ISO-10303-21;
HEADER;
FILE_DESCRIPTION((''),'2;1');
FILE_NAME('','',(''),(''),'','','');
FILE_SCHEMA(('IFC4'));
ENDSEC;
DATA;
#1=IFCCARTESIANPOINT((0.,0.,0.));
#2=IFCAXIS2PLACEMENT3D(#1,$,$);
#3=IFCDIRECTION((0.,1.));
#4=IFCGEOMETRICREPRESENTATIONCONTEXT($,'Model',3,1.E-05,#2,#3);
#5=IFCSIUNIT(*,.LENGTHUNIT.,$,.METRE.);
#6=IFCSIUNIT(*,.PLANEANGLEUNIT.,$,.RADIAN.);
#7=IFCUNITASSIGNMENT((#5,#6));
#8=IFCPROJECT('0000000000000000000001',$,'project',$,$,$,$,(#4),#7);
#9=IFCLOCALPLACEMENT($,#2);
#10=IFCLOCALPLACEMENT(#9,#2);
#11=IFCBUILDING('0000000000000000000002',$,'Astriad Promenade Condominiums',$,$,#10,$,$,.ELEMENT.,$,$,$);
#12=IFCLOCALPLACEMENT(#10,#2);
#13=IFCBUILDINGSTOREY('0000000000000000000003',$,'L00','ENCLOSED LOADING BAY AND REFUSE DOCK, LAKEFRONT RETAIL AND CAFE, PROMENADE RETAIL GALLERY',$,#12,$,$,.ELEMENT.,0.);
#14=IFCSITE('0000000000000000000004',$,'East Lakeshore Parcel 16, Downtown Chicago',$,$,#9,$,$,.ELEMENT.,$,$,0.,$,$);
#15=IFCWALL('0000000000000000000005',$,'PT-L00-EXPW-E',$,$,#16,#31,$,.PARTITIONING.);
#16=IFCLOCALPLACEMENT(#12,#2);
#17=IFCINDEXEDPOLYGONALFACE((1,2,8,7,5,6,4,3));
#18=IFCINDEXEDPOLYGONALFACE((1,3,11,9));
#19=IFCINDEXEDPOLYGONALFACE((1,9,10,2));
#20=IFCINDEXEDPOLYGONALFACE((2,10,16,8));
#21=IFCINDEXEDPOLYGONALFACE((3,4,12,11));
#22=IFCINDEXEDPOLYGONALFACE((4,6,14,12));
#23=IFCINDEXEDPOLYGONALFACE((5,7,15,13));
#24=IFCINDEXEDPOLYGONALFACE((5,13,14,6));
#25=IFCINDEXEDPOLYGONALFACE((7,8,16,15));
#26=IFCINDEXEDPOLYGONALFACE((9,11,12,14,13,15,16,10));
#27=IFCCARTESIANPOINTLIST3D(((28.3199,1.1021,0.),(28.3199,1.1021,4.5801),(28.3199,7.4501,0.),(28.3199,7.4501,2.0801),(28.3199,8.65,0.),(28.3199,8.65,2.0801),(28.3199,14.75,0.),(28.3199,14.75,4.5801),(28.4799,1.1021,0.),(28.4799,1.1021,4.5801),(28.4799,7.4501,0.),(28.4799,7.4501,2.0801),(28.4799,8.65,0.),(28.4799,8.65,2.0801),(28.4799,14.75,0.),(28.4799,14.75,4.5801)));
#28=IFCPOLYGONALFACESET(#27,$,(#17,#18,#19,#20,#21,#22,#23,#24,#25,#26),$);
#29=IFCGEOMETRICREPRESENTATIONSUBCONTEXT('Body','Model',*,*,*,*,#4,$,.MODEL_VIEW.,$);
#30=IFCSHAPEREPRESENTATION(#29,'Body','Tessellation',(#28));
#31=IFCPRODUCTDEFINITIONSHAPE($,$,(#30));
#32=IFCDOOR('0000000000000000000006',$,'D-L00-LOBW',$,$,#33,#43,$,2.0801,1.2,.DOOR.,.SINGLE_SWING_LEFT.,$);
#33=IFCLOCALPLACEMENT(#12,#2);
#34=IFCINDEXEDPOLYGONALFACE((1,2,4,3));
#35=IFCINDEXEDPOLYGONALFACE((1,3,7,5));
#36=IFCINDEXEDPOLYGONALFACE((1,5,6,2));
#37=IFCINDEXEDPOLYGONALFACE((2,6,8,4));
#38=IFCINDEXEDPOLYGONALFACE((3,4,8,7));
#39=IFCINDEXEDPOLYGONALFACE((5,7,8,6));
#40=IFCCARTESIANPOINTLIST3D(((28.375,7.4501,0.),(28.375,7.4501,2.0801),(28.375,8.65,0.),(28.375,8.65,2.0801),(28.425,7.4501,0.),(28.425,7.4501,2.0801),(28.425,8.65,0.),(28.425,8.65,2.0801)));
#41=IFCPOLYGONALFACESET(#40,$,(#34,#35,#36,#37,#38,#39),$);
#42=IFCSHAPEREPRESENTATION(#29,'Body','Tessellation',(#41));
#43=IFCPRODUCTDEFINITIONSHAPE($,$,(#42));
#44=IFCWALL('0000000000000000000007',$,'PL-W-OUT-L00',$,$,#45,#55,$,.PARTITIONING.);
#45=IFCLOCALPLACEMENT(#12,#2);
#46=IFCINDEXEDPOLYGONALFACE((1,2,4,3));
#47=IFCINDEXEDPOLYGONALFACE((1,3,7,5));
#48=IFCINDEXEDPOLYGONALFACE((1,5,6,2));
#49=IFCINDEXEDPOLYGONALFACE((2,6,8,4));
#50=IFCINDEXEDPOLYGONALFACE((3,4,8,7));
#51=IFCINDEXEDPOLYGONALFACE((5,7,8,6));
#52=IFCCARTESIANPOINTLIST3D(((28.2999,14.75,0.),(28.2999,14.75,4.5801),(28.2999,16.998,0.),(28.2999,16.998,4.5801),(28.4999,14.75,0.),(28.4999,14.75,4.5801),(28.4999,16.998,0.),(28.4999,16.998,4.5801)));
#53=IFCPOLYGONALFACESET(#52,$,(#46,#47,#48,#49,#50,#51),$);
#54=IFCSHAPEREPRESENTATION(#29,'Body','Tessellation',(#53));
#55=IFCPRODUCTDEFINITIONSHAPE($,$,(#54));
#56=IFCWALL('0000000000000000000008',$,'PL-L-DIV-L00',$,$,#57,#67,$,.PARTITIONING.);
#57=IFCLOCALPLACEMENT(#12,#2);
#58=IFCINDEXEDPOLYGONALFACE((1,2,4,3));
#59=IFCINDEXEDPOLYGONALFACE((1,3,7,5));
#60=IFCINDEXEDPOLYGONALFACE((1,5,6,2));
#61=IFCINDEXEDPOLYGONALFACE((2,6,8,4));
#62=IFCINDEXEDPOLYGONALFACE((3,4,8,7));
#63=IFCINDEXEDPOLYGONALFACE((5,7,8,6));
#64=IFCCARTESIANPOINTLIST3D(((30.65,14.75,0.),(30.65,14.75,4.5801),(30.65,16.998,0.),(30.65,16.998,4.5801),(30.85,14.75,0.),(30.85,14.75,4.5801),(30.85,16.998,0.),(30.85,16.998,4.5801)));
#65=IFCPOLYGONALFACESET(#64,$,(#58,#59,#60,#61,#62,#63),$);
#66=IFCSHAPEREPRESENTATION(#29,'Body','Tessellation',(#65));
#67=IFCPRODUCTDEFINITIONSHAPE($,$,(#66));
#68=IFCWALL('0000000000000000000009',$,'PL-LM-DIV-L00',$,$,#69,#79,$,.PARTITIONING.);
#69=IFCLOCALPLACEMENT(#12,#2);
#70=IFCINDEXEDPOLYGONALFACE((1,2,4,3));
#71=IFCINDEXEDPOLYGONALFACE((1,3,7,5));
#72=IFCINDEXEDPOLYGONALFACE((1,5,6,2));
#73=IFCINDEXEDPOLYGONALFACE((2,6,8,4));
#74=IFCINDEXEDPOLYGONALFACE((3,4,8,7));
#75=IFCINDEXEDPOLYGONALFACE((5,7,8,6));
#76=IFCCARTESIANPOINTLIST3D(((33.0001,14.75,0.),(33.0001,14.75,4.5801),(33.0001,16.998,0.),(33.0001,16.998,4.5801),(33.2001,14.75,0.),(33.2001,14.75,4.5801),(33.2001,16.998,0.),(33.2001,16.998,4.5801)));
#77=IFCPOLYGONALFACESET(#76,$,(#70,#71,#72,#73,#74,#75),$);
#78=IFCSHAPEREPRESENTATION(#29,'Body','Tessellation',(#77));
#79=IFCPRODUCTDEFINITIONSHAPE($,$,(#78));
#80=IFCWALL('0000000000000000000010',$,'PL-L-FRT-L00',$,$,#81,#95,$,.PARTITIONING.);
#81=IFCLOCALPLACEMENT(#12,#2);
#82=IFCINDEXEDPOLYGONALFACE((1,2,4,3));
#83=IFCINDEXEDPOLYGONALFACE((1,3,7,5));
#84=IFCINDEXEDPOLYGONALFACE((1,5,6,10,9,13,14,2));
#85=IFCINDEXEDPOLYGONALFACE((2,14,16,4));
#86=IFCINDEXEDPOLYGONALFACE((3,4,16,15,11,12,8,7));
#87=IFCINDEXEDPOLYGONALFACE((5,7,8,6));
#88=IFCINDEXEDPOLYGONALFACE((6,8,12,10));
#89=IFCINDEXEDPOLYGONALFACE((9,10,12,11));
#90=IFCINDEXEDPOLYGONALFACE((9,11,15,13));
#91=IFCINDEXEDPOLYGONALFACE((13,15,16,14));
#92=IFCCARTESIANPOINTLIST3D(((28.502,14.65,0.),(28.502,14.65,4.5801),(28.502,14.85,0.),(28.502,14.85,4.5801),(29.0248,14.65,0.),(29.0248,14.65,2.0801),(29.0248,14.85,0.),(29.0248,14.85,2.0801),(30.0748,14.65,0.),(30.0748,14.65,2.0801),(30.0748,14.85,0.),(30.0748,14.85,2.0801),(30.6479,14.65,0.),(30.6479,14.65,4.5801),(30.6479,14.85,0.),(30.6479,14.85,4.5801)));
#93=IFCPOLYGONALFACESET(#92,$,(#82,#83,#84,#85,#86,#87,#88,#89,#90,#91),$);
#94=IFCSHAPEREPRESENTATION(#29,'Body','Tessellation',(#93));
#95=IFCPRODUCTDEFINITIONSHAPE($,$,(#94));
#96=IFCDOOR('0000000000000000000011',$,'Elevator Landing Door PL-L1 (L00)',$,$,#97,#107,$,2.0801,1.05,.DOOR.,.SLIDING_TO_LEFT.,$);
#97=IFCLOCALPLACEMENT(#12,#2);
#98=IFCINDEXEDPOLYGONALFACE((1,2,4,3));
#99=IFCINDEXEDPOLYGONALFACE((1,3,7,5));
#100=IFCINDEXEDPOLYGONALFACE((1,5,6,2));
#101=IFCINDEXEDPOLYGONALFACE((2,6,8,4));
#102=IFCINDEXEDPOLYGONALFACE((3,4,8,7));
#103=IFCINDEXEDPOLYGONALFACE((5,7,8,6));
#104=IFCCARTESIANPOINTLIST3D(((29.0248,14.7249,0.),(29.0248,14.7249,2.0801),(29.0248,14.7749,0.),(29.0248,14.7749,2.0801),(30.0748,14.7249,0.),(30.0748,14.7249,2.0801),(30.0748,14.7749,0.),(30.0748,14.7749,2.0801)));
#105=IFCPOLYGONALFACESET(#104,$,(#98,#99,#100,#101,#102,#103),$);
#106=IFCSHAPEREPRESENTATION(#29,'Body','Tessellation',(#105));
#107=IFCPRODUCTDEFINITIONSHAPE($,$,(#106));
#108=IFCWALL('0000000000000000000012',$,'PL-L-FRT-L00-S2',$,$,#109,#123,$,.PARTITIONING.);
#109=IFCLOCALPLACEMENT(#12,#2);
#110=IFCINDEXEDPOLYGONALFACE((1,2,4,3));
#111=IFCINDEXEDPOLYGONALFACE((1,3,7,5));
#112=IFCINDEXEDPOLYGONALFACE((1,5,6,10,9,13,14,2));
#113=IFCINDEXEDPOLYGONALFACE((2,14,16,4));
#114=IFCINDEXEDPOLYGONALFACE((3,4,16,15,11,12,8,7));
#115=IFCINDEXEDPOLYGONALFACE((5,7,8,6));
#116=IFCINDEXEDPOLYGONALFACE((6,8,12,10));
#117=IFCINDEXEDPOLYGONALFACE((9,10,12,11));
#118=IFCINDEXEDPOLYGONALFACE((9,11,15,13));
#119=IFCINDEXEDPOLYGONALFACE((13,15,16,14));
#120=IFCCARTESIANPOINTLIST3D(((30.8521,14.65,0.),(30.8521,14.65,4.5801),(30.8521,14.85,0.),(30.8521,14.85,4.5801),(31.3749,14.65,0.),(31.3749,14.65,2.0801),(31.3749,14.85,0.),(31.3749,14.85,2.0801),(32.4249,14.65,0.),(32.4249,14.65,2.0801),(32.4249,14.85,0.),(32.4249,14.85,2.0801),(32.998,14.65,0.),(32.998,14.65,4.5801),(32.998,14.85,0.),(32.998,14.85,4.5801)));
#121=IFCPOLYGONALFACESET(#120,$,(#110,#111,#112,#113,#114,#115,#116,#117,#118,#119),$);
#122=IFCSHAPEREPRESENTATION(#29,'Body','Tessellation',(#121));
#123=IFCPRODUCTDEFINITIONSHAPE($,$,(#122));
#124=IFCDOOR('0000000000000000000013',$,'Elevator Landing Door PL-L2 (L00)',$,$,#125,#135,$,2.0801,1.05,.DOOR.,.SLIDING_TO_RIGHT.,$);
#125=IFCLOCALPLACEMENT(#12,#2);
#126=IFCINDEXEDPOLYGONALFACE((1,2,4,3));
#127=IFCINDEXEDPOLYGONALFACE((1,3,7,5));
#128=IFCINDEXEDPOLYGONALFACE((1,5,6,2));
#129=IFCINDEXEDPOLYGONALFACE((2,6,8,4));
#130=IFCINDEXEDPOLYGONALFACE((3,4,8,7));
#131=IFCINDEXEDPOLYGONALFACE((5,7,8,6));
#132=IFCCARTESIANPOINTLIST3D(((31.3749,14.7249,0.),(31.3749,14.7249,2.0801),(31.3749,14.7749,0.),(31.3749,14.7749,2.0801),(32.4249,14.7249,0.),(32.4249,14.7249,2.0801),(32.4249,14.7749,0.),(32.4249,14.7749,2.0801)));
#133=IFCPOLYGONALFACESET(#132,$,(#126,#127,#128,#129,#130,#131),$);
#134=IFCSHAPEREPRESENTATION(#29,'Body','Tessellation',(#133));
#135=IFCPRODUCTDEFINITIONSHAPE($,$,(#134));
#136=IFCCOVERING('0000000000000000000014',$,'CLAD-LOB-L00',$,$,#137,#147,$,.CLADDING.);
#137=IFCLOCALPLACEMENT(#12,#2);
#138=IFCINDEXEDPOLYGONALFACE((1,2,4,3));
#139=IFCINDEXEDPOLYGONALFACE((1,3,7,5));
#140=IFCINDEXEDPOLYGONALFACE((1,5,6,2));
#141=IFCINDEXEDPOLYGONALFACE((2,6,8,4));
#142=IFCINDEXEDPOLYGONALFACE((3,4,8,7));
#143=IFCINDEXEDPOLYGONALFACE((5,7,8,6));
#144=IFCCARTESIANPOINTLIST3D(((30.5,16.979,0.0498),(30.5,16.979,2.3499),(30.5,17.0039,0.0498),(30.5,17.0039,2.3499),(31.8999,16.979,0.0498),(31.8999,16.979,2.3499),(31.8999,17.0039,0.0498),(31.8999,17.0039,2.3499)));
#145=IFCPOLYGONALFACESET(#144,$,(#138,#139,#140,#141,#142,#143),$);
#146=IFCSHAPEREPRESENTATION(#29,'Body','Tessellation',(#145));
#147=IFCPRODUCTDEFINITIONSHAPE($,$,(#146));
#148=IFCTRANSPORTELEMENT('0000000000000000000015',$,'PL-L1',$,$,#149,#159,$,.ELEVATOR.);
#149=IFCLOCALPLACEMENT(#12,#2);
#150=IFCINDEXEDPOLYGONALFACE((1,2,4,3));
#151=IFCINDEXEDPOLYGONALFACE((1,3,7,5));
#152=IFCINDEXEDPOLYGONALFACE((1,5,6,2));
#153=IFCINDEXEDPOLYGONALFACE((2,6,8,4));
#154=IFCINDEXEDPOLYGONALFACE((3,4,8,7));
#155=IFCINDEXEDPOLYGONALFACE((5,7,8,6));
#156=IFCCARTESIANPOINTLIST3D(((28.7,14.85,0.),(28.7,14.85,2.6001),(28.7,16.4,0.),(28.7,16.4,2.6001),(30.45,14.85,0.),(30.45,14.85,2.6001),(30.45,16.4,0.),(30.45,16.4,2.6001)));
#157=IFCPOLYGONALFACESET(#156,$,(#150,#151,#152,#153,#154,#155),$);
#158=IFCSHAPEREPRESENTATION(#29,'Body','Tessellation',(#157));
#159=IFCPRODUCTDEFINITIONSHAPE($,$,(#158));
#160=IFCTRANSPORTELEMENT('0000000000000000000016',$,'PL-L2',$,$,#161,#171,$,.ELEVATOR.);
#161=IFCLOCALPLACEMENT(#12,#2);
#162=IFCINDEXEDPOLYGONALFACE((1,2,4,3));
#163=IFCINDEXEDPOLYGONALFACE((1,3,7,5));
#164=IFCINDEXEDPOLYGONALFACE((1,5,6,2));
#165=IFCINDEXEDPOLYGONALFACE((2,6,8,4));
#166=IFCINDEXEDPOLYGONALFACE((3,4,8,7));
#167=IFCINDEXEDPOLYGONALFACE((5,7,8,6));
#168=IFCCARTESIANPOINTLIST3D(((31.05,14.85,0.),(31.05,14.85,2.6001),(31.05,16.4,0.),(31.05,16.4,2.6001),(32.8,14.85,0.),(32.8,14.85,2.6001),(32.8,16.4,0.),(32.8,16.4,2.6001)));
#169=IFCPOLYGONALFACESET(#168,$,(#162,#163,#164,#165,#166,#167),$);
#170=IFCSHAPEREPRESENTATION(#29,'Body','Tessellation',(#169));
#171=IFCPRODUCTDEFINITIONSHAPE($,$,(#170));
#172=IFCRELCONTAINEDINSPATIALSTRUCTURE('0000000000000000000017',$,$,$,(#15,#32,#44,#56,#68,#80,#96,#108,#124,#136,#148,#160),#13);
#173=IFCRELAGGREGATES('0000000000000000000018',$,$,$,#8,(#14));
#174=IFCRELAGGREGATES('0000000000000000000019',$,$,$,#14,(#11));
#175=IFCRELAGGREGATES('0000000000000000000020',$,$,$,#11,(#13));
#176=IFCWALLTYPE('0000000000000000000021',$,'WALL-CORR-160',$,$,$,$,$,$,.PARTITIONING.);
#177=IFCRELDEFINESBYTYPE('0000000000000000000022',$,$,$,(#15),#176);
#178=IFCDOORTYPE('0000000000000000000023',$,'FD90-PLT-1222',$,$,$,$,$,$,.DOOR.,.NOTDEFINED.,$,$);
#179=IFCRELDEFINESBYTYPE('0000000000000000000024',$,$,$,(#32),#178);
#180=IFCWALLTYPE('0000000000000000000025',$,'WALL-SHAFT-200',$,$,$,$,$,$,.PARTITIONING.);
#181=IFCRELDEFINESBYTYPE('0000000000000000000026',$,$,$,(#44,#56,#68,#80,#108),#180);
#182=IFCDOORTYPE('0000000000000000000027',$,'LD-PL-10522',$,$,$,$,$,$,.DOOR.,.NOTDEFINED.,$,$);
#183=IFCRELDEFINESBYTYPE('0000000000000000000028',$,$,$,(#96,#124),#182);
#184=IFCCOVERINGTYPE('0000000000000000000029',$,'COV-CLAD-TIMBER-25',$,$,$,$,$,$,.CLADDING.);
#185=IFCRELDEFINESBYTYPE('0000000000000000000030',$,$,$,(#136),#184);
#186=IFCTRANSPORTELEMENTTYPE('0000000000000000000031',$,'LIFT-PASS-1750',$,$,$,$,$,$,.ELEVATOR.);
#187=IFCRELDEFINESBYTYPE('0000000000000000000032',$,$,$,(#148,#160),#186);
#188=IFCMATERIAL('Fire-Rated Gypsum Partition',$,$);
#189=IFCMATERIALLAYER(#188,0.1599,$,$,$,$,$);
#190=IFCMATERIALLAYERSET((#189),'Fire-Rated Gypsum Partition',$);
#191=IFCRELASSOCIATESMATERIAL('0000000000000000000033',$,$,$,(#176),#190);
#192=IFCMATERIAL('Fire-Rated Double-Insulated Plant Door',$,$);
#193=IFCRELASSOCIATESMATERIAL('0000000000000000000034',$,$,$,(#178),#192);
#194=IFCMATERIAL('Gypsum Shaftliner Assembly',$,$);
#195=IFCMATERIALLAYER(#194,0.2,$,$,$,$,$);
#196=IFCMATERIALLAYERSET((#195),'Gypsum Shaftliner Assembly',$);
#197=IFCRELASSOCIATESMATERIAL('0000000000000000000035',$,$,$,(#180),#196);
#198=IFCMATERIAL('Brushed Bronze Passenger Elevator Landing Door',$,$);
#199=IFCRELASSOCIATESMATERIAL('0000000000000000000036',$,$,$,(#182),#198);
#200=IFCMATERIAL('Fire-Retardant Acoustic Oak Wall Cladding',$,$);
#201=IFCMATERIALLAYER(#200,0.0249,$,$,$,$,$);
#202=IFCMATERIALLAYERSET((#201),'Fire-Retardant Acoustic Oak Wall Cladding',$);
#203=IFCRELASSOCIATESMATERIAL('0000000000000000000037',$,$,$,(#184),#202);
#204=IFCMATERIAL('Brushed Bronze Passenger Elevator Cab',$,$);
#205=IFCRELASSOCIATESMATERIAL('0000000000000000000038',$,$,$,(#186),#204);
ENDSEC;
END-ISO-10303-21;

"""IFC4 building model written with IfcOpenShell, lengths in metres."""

from ifc_helpers import new_model, si_unit, direction, frame, frame_2d, origin, origin_2d, place, context, subcontext, project, spatial, rectangle, extrude, source, transform, mapped, material, layer, layer_set, type_object, type_shapes, element, fill, save


model = new_model("IFC4")

# Units and contexts
model_context = context("Model", 3, precision=1e-05, world=origin(), true_north=direction((0.0, 1.0)))
body_context = subcontext(model_context, "Body", "Model", "MODEL_VIEW")
ifc_project = project(units=[si_unit("LENGTHUNIT", "METRE"), si_unit("PLANEANGLEUNIT", "RADIAN")], contexts=[model_context])

# Site, building, storey
site_placement = place(None, origin())
site = spatial("IfcSite", under=ifc_project, at=site_placement, Name="East Lakeshore Parcel 16, Downtown Chicago", CompositionType="ELEMENT", RefElevation=0.0)
building_placement = place(site_placement, origin())
building = spatial("IfcBuilding", under=site, at=building_placement, Name="Astriad Promenade Condominiums", CompositionType="ELEMENT")
storey_placement = place(building_placement, origin())
storey = spatial("IfcBuildingStorey", under=building, at=storey_placement, Name="L00", Description="ENCLOSED LOADING BAY AND REFUSE DOCK, LAKEFRONT RETAIL AND CAFE, PROMENADE RETAIL GALLERY", CompositionType="ELEMENT", Elevation=0.0)

# Shared definitions
ifc_material_1 = material(Name="Fire-Rated Gypsum Partition")
ifc_layer_1 = layer(ifc_material_1, 0.1599)
ifc_layer_set_1 = layer_set([ifc_layer_1], Name="Fire-Rated Gypsum Partition")
wall_type_1 = type_object("IfcWallType", Name="WALL-CORR-160", PredefinedType="PARTITIONING", material=ifc_layer_set_1)

# Wall, opening, door
wall_1_placement = place(storey_placement, frame((28.3999, 1.1021, 0.0), z_axis=(0.0, 0.0, 1.0), x_axis=(0.0, 1.0, 0.0)))
wall_1 = element("IfcWall", 1, at=wall_1_placement, inside=storey, type_object=wall_type_1, Name="PT-L00-EXPW-E", PredefinedType="PARTITIONING", context=body_context, shape_type="SweptSolid", body=[
    extrude(rectangle(XDim=13.6479, YDim=0.1599, at=frame_2d((6.824, 0.0))), origin(), (0.0, 0.0, 1.0), 4.5801),
])
opening_1_placement = place(wall_1_placement, frame((6.3479, 0.0, 0.0)))
opening_1 = element("IfcOpeningElement", 2, at=opening_1_placement, cuts=wall_1, PredefinedType="OPENING", context=body_context, shape_type="SweptSolid", body=[
    extrude(rectangle(XDim=1.2, YDim=2.0801, at=frame_2d((0.6001, 1.04))), frame((0.0, 0.0898, 0.0), z_axis=(0.0, -1.0, 0.0), x_axis=(1.0, 0.0, 0.0)), (0.0, 0.0, 1.0), 0.1799),
])
ifc_material_2 = material(Name="Fire-Rated Double-Insulated Plant Door")
door_type_1 = type_object("IfcDoorType", Name="FD90-PLT-1222", OperationType="NOTDEFINED", PredefinedType="DOOR", material=ifc_material_2)
shared_shape_1 = source(origin(), body_context, "Body", "SweptSolid", [
    extrude(rectangle(XDim=1.2, YDim=2.0801, at=frame_2d((0.6001, 1.04))), frame((0.0, 0.0249, 0.0), z_axis=(0.0, -1.0, 0.0), x_axis=(1.0, 0.0, 0.0)), (0.0, 0.0, 1.0), 0.05),
])
type_shapes(door_type_1, [shared_shape_1])
door_1_placement = place(opening_1_placement, origin())
door_1 = element("IfcDoor", 3, at=door_1_placement, inside=storey, type_object=door_type_1, Name="D-L00-LOBW", OperationType="SINGLE_SWING_LEFT", OverallHeight=2.0801, OverallWidth=1.2, PredefinedType="DOOR", context=body_context, shape_type="MappedRepresentation", body=[
    mapped(shared_shape_1, transform((0.0, 0.0, 0.0), scale=1.0)),
])
fill(opening_1, door_1)

# Walls
ifc_material_3 = material(Name="Gypsum Shaftliner Assembly")
ifc_layer_2 = layer(ifc_material_3, 0.2)
ifc_layer_set_2 = layer_set([ifc_layer_2], Name="Gypsum Shaftliner Assembly")
wall_type_2 = type_object("IfcWallType", Name="WALL-SHAFT-200", PredefinedType="PARTITIONING", material=ifc_layer_set_2)
for number, where, z_axis, x_axis, name in (
    (4, (28.3999, 14.75, 0.0), (0.0, 0.0, 1.0), (0.0, 1.0, 0.0), "PL-W-OUT-L00"),
    (5, (30.75, 14.75, 0.0), (0.0, 0.0, 1.0), (0.0, 1.0, 0.0), "PL-L-DIV-L00"),
    (6, (33.1001, 14.75, 0.0), (0.0, 0.0, 1.0), (0.0, 1.0, 0.0), "PL-LM-DIV-L00"),
):
    element("IfcWall", number, at=place(storey_placement, frame(where, z_axis=z_axis, x_axis=x_axis)), inside=storey, type_object=wall_type_2, Name=name, PredefinedType="PARTITIONING", context=body_context, shape_type="SweptSolid", body=[
        extrude(rectangle(XDim=2.248, YDim=0.2, at=frame_2d((1.124, 0.0))), origin(), (0.0, 0.0, 1.0), 4.5801),
    ])

# Walls, openings, doors
wall_2_placement = place(storey_placement, frame((28.502, 14.75, 0.0), z_axis=(0.0, 0.0, 1.0), x_axis=(1.0, 0.0, 0.0)))
wall_2 = element("IfcWall", 7, at=wall_2_placement, inside=storey, type_object=wall_type_2, Name="PL-L-FRT-L00", PredefinedType="PARTITIONING", context=body_context, shape_type="SweptSolid", body=[
    extrude(rectangle(XDim=2.146, YDim=0.2, at=frame_2d((1.073, 0.0))), origin(), (0.0, 0.0, 1.0), 4.5801),
])
opening_2_placement = place(wall_2_placement, frame((0.5229, 0.0, 0.0)))
opening_2 = element("IfcOpeningElement", 8, at=opening_2_placement, cuts=wall_2, PredefinedType="OPENING", context=body_context, shape_type="SweptSolid", body=[
    extrude(rectangle(XDim=1.05, YDim=2.0801, at=frame_2d((0.5249, 1.04))), frame((0.0, 0.1099, 0.0), z_axis=(0.0, -1.0, 0.0), x_axis=(1.0, 0.0, 0.0)), (0.0, 0.0, 1.0), 0.22),
])
ifc_material_4 = material(Name="Brushed Bronze Passenger Elevator Landing Door")
door_type_2 = type_object("IfcDoorType", Name="LD-PL-10522", OperationType="NOTDEFINED", PredefinedType="DOOR", material=ifc_material_4)
shared_shape_2 = source(origin(), body_context, "Body", "SweptSolid", [
    extrude(rectangle(XDim=1.05, YDim=2.0801, at=frame_2d((0.5249, 1.04))), frame((0.0, 0.0249, 0.0), z_axis=(0.0, -1.0, 0.0), x_axis=(1.0, 0.0, 0.0)), (0.0, 0.0, 1.0), 0.05),
])
type_shapes(door_type_2, [shared_shape_2])
door_2_placement = place(opening_2_placement, origin())
door_2 = element("IfcDoor", 9, at=door_2_placement, inside=storey, type_object=door_type_2, Name="Elevator Landing Door PL-L1 (L00)", OperationType="SLIDING_TO_LEFT", OverallHeight=2.0801, OverallWidth=1.05, PredefinedType="DOOR", context=body_context, shape_type="MappedRepresentation", body=[
    mapped(shared_shape_2, transform((0.0, 0.0, 0.0), scale=1.0)),
])
fill(opening_2, door_2)
wall_3_placement = place(storey_placement, frame((30.8521, 14.75, 0.0), z_axis=(0.0, 0.0, 1.0), x_axis=(1.0, 0.0, 0.0)))
wall_3 = element("IfcWall", 10, at=wall_3_placement, inside=storey, type_object=wall_type_2, Name="PL-L-FRT-L00-S2", PredefinedType="PARTITIONING", context=body_context, shape_type="SweptSolid", body=[
    extrude(rectangle(XDim=2.146, YDim=0.2, at=frame_2d((1.073, 0.0))), origin(), (0.0, 0.0, 1.0), 4.5801),
])
opening_3_placement = place(wall_3_placement, frame((0.5229, 0.0, 0.0)))
opening_3 = element("IfcOpeningElement", 11, at=opening_3_placement, cuts=wall_3, PredefinedType="OPENING", context=body_context, shape_type="SweptSolid", body=[
    extrude(rectangle(XDim=1.05, YDim=2.0801, at=frame_2d((0.5249, 1.04))), frame((0.0, 0.1099, 0.0), z_axis=(0.0, -1.0, 0.0), x_axis=(1.0, 0.0, 0.0)), (0.0, 0.0, 1.0), 0.22),
])
door_3_placement = place(opening_3_placement, origin())
door_3 = element("IfcDoor", 12, at=door_3_placement, inside=storey, type_object=door_type_2, Name="Elevator Landing Door PL-L2 (L00)", OperationType="SLIDING_TO_RIGHT", OverallHeight=2.0801, OverallWidth=1.05, PredefinedType="DOOR", context=body_context, shape_type="MappedRepresentation", body=[
    mapped(shared_shape_2, transform((0.0, 0.0, 0.0), scale=1.0)),
])
fill(opening_3, door_3)

# Covering
ifc_material_5 = material(Name="Fire-Retardant Acoustic Oak Wall Cladding")
ifc_layer_3 = layer(ifc_material_5, 0.0249)
ifc_layer_set_3 = layer_set([ifc_layer_3], Name="Fire-Retardant Acoustic Oak Wall Cladding")
covering_type = type_object("IfcCoveringType", Name="COV-CLAD-TIMBER-25", PredefinedType="CLADDING", material=ifc_layer_set_3)
shared_shape_3 = source(origin(), body_context, "Body", "SweptSolid", [
    extrude(rectangle(XDim=1.3999, YDim=0.0249, at=origin_2d()), origin(), (0.0, 0.0, 1.0), 2.3),
])
type_shapes(covering_type, [shared_shape_3])
covering_placement = place(storey_placement, frame((31.2, 16.9915, 0.0498), z_axis=(0.0, 0.0, 1.0), x_axis=(1.0, 0.0, 0.0)))
element("IfcCovering", 13, at=covering_placement, inside=storey, type_object=covering_type, Name="CLAD-LOB-L00", PredefinedType="CLADDING", context=body_context, shape_type="MappedRepresentation", body=[
    mapped(shared_shape_3, transform((0.0, 0.0, 0.0), scale=1.0)),
])

# Transport elements
ifc_material_6 = material(Name="Brushed Bronze Passenger Elevator Cab")
transport_element_type = type_object("IfcTransportElementType", Name="LIFT-PASS-1750", PredefinedType="ELEVATOR", material=ifc_material_6)
shared_shape_4 = source(origin(), body_context, "Body", "SweptSolid", [
    extrude(rectangle(XDim=1.75, YDim=1.55, at=origin_2d()), origin(), (0.0, 0.0, 1.0), 2.6001),
])
type_shapes(transport_element_type, [shared_shape_4])
for number, where, z_axis, x_axis, name in (
    (14, (29.575, 15.625, 0.0), (0.0, 0.0, 1.0), (1.0, 0.0, 0.0), "PL-L1"),
    (15, (31.925, 15.625, 0.0), (0.0, 0.0, 1.0), (1.0, 0.0, 0.0), "PL-L2"),
):
    element("IfcTransportElement", number, at=place(storey_placement, frame(where, z_axis=z_axis, x_axis=x_axis)), inside=storey, type_object=transport_element_type, Name=name, PredefinedType="ELEVATOR", context=body_context, shape_type="MappedRepresentation", body=[
        mapped(shared_shape_4, transform((0.0, 0.0, 0.0), scale=1.0)),
    ])

save(model, "model.ifc")
